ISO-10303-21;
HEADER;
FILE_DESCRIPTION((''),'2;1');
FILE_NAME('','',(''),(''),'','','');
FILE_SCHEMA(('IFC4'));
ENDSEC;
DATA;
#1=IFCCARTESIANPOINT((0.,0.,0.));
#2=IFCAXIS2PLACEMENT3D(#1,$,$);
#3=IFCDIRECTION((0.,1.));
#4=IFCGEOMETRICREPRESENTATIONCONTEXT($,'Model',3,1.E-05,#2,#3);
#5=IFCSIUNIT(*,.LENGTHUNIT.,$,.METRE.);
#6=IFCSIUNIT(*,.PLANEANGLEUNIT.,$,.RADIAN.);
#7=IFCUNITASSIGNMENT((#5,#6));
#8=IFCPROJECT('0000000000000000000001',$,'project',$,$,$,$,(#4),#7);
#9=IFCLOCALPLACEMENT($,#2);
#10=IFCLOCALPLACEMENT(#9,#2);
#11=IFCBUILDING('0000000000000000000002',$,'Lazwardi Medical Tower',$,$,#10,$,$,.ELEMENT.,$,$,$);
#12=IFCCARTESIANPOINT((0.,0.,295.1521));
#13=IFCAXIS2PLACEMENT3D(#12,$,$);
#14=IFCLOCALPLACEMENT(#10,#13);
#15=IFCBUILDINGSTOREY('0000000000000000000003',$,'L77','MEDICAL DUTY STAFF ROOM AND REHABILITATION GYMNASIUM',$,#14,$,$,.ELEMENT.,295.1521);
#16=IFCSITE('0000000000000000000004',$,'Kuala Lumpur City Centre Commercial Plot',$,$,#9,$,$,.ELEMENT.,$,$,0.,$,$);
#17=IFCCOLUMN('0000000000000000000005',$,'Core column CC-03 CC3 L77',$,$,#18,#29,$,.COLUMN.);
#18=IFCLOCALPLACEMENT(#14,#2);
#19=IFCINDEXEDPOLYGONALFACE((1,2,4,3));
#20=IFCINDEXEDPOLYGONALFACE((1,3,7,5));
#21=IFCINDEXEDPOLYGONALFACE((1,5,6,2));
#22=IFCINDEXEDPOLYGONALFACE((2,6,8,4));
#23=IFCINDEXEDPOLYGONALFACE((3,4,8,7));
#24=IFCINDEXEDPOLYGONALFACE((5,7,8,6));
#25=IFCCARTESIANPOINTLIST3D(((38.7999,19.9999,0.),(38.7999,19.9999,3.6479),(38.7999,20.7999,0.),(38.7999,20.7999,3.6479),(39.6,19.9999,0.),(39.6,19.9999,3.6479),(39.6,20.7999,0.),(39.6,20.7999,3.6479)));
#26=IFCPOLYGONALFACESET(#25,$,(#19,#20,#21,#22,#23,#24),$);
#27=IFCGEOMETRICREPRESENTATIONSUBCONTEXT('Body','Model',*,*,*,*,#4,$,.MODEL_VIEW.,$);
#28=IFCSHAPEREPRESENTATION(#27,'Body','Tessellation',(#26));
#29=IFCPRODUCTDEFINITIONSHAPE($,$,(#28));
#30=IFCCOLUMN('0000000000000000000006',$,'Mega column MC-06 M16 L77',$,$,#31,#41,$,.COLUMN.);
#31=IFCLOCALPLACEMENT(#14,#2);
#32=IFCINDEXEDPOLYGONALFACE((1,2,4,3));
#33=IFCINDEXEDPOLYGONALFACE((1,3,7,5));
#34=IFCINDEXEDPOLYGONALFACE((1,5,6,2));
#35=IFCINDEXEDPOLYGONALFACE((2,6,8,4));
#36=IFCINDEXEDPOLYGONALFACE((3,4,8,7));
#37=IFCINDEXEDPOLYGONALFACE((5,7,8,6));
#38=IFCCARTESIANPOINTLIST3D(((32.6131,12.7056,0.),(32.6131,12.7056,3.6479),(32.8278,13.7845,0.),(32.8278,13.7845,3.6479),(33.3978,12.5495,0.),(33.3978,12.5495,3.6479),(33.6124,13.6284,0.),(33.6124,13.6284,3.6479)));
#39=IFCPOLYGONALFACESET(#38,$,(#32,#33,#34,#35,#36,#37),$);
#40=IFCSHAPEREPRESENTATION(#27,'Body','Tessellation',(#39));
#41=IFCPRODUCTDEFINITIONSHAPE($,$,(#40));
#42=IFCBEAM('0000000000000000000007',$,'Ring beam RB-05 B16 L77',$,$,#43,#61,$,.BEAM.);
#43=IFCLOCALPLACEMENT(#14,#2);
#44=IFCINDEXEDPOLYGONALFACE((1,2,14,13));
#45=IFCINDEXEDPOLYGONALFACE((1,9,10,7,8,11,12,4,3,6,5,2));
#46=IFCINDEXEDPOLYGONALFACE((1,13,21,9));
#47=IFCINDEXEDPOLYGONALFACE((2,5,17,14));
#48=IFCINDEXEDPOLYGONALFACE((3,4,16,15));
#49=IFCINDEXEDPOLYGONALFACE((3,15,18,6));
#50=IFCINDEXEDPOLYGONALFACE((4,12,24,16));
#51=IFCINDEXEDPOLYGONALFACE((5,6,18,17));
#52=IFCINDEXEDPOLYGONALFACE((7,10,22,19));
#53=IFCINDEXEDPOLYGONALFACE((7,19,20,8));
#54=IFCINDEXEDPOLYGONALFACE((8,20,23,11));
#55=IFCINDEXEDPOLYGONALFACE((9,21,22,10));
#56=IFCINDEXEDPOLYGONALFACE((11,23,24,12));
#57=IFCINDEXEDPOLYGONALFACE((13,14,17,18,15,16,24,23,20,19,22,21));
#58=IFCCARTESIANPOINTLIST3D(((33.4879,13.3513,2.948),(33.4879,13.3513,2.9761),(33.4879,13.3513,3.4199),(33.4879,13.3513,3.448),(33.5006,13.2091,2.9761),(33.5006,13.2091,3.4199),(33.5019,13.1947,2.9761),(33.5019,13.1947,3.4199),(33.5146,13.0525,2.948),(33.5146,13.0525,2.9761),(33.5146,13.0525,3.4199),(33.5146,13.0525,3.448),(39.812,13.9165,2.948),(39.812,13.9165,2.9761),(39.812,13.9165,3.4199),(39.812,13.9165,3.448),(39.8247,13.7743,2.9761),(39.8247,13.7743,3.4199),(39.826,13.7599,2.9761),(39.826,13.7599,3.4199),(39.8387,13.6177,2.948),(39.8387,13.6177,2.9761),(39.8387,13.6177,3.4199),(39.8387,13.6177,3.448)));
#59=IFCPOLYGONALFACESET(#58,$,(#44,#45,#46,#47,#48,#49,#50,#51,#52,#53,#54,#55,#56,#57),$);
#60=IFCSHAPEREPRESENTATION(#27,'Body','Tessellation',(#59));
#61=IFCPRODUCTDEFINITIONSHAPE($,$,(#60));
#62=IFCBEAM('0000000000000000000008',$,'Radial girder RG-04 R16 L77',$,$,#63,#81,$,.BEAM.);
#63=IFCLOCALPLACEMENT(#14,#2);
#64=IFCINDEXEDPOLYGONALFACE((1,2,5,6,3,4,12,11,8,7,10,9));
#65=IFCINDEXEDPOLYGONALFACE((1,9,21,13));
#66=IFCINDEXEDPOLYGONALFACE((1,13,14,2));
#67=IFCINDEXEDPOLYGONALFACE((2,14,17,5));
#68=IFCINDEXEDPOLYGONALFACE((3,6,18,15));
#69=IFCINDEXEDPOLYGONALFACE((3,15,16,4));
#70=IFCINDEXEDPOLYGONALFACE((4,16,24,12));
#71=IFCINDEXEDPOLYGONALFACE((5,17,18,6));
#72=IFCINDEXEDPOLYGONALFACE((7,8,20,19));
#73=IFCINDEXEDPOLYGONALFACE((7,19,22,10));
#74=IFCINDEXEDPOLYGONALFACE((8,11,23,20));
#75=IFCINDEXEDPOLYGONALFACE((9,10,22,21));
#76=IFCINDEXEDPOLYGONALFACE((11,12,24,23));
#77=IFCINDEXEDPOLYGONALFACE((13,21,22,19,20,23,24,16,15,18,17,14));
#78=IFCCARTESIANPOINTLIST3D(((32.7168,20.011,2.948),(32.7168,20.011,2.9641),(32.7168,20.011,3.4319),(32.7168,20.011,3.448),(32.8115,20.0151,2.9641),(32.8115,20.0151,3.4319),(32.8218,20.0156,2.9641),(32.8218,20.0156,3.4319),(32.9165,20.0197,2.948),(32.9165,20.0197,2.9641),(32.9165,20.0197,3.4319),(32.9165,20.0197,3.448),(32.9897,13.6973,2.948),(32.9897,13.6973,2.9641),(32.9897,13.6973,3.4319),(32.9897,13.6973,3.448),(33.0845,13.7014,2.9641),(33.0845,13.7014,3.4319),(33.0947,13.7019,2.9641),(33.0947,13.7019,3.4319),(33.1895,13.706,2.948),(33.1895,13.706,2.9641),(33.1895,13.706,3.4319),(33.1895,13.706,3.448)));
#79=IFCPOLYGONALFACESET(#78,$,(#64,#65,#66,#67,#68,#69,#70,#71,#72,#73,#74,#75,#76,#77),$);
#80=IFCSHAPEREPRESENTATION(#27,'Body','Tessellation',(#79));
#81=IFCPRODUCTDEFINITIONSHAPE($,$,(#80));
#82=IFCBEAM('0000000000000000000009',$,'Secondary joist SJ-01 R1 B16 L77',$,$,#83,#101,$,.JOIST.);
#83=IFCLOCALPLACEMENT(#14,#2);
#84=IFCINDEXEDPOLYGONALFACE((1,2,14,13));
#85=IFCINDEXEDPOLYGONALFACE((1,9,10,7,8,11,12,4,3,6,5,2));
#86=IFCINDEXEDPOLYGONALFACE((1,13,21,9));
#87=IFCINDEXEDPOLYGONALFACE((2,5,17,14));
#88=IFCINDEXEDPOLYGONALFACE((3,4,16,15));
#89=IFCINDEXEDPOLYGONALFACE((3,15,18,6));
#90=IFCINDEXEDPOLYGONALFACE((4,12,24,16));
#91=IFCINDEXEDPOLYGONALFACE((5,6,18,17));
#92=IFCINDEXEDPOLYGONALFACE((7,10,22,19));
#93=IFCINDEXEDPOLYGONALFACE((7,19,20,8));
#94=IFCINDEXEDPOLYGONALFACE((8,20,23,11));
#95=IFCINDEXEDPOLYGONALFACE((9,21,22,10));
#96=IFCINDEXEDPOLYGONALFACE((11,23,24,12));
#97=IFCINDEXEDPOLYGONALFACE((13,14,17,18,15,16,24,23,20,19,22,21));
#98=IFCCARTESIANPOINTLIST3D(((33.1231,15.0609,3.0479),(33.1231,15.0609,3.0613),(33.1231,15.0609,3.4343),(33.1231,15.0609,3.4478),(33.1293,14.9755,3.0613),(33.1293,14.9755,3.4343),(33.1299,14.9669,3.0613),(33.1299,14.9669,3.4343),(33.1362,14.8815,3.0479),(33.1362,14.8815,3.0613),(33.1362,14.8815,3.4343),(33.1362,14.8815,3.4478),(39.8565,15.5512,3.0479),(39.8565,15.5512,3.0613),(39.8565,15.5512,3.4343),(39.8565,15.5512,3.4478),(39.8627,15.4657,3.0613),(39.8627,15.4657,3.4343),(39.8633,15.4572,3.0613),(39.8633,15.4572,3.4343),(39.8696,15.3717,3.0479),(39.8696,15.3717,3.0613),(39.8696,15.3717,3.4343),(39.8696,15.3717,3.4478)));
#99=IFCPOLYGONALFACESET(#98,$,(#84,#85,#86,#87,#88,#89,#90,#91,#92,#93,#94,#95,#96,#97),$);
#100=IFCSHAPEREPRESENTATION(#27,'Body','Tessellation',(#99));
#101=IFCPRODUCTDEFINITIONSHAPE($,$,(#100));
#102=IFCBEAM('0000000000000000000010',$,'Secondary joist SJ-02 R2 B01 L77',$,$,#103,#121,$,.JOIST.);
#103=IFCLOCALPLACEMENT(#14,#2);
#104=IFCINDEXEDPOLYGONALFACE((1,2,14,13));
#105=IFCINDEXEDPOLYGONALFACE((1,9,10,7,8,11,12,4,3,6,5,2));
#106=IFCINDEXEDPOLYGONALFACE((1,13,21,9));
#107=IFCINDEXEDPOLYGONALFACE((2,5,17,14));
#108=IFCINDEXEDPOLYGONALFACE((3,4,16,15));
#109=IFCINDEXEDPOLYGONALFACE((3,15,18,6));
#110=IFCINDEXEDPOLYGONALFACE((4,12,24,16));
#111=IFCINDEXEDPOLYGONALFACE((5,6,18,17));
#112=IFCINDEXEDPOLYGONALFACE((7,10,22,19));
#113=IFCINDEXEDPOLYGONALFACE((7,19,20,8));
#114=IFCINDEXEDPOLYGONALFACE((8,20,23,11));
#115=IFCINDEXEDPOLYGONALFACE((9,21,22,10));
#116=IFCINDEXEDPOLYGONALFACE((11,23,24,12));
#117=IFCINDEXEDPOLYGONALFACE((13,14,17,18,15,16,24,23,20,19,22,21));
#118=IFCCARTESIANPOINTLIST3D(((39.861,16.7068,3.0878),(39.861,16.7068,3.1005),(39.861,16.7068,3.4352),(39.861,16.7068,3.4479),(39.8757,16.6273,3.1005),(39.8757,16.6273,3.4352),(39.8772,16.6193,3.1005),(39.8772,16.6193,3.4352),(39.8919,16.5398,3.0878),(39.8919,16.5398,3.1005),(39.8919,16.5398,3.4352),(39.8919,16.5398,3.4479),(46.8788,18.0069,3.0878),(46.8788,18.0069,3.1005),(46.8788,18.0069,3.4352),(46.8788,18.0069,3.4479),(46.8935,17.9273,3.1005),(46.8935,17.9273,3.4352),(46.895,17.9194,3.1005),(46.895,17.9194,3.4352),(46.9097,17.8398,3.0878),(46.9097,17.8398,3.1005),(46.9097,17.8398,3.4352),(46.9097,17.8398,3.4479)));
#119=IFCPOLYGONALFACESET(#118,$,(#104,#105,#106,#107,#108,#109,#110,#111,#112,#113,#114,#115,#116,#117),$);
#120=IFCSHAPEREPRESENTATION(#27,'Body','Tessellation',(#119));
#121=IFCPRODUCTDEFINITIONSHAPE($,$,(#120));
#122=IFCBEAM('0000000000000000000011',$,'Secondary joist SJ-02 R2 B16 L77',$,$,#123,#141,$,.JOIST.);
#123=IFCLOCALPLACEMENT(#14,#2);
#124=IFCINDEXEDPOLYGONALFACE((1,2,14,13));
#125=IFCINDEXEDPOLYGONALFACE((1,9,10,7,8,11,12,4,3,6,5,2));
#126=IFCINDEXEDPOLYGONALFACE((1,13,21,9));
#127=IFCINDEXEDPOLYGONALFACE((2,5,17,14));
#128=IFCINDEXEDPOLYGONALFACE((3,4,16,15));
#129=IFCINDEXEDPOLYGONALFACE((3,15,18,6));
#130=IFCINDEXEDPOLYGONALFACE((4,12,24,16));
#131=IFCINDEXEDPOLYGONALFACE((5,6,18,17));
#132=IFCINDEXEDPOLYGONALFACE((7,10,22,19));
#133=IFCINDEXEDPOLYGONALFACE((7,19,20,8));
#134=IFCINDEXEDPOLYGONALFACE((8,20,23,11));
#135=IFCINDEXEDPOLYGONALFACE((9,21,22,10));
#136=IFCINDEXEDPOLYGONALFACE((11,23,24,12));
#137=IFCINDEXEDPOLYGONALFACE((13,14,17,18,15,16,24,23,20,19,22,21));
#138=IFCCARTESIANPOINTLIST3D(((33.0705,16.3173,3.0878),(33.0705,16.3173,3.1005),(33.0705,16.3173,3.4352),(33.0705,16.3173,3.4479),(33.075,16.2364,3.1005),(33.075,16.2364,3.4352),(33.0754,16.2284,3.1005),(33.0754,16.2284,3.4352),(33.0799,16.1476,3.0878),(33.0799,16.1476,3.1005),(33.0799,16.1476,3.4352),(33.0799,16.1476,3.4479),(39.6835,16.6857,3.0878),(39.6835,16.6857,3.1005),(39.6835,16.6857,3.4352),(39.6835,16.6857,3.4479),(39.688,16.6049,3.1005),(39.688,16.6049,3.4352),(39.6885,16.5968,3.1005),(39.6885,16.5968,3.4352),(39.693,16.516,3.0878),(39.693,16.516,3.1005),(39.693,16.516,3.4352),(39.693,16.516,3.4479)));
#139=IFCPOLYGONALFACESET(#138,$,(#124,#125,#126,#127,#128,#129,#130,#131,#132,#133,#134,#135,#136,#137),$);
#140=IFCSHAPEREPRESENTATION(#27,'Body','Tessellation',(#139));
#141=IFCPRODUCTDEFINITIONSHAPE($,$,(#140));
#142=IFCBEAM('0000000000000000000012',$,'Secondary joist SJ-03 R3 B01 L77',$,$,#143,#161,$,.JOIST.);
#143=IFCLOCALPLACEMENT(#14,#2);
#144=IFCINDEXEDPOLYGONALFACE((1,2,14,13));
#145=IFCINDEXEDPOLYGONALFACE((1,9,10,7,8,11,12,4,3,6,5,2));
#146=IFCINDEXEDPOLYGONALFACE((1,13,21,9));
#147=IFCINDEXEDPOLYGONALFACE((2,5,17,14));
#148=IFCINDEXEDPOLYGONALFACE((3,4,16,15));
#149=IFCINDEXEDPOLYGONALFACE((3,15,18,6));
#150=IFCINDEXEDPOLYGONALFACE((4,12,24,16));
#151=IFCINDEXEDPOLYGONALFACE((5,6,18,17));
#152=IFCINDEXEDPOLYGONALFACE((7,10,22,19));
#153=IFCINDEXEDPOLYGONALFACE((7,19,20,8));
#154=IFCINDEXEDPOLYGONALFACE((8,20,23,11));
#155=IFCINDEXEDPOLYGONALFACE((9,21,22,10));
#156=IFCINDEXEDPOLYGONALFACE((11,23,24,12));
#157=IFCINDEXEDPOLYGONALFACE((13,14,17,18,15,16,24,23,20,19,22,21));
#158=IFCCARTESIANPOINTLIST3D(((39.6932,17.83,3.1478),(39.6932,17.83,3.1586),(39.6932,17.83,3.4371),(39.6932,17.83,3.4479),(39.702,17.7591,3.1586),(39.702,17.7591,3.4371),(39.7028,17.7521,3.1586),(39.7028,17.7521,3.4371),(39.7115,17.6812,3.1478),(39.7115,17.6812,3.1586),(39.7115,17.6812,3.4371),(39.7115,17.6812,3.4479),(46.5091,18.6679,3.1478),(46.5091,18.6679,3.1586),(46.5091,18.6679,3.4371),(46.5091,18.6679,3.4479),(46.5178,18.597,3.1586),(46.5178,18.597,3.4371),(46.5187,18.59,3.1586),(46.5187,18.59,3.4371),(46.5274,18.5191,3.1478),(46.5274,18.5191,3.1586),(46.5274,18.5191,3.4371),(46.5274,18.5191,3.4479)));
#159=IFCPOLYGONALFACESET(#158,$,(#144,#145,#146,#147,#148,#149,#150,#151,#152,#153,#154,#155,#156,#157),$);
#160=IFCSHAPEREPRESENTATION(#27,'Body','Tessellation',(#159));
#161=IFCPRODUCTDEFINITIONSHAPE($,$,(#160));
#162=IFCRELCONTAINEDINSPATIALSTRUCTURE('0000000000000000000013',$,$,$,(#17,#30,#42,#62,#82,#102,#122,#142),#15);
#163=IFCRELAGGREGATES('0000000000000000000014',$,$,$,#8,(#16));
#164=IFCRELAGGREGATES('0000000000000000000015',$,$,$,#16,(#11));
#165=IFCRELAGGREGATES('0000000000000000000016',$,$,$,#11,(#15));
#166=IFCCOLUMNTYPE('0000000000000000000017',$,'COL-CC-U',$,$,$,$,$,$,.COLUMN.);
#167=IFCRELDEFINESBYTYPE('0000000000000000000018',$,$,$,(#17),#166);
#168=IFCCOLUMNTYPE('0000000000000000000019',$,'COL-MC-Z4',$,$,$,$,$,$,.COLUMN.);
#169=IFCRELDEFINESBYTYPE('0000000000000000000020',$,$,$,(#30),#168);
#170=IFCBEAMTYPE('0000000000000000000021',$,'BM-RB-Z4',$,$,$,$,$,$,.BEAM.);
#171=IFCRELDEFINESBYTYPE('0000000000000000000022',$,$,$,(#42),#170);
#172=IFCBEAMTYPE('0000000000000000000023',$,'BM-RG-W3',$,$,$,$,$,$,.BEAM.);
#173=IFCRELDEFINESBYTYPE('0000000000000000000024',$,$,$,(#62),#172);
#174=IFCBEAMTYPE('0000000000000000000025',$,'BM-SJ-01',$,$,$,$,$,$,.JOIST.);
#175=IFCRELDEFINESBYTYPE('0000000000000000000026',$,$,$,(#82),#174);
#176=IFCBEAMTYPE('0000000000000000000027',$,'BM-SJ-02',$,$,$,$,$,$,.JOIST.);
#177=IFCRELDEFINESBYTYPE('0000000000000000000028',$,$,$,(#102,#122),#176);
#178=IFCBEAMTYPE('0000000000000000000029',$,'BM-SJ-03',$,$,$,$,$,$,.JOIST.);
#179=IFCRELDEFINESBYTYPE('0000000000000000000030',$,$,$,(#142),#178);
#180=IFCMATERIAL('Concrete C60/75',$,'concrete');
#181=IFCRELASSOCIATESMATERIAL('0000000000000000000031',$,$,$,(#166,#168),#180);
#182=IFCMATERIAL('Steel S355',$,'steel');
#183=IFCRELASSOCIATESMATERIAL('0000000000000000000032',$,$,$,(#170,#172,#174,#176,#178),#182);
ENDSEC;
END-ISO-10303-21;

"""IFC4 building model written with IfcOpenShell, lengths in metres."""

from ifc_helpers import new_model, si_unit, direction, frame, origin, origin_2d, place, context, subcontext, project, spatial, rectangle, i_section, extrude, material, material_profile, profile_set, type_object, element, save


model = new_model("IFC4")

# Units and contexts
model_context = context("Model", 3, precision=1e-05, world=origin(), true_north=direction((0.0, 1.0)))
body_context = subcontext(model_context, "Body", "Model", "MODEL_VIEW")
ifc_project = project(units=[si_unit("LENGTHUNIT", "METRE"), si_unit("PLANEANGLEUNIT", "RADIAN")], contexts=[model_context])

# Site, building, storey
site_placement = place(None, origin())
site = spatial("IfcSite", under=ifc_project, at=site_placement, Name="Kuala Lumpur City Centre Commercial Plot", CompositionType="ELEMENT", RefElevation=0.0)
building_placement = place(site_placement, origin())
building = spatial("IfcBuilding", under=site, at=building_placement, Name="Lazwardi Medical Tower", CompositionType="ELEMENT")
storey_placement = place(building_placement, frame((0.0, 0.0, 295.1521)))
storey = spatial("IfcBuildingStorey", under=building, at=storey_placement, Name="L77", Description="MEDICAL DUTY STAFF ROOM AND REHABILITATION GYMNASIUM", CompositionType="ELEMENT", Elevation=295.1521)

# Columns
ifc_material_1 = material(Name="Concrete C60/75", Category="concrete")
ifc_material_profile_1 = material_profile(ifc_material_1, rectangle(XDim=0.8, YDim=0.8, at=origin_2d()), Name="RC 800x800")
ifc_profile_set_1 = profile_set([ifc_material_profile_1], Name="Concrete C60/75")
column_type_1 = type_object("IfcColumnType", Name="COL-CC-U", PredefinedType="COLUMN", material=ifc_profile_set_1)
column_1_placement = place(storey_placement, frame((39.2, 20.3999, 0.0), z_axis=(0.0, 0.0, 1.0), x_axis=(1.0, 0.0, 0.0)))
element("IfcColumn", 1, at=column_1_placement, inside=storey, type_object=column_type_1, Name="Core column CC-03 CC3 L77", PredefinedType="COLUMN", context=body_context, shape_type="SweptSolid", body=[
    extrude(rectangle(XDim=0.8, YDim=0.8, at=origin_2d()), origin(), (0.0, 0.0, 1.0), 3.6479),
])
ifc_material_profile_2 = material_profile(ifc_material_1, rectangle(XDim=1.1001, YDim=0.8, at=origin_2d()), Name="CFT-RECT 1100x800")
ifc_profile_set_2 = profile_set([ifc_material_profile_2], Name="Concrete C60/75")
column_type_2 = type_object("IfcColumnType", Name="COL-MC-Z4", PredefinedType="COLUMN", material=ifc_profile_set_2)
column_2_placement = place(storey_placement, frame((33.1128, 13.167, 0.0), z_axis=(0.0, 0.0, 1.0), x_axis=(-0.19509, -0.980785, 0.0)))
element("IfcColumn", 2, at=column_2_placement, inside=storey, type_object=column_type_2, Name="Mega column MC-06 M16 L77", PredefinedType="COLUMN", context=body_context, shape_type="SweptSolid", body=[
    extrude(rectangle(XDim=1.1001, YDim=0.8, at=origin_2d()), origin(), (0.0, 0.0, 1.0), 3.6479),
])

# Beams
ifc_material_2 = material(Name="Steel S355", Category="steel")
ifc_material_profile_3 = material_profile(ifc_material_2, i_section(OverallWidth=0.3, OverallDepth=0.5, WebThickness=0.0144, FlangeThickness=0.0281, at=origin_2d()), Name="HEB 500")
ifc_profile_set_3 = profile_set([ifc_material_profile_3], Name="Steel S355")
beam_type_1 = type_object("IfcBeamType", Name="BM-RB-Z4", PredefinedType="BEAM", material=ifc_profile_set_3)
beam_1_placement = place(storey_placement, frame((33.5012, 13.2019, 3.198), z_axis=(0.99603, 0.089014, 0.0), x_axis=(-0.089014, 0.99603, 0.0)))
element("IfcBeam", 3, at=beam_1_placement, inside=storey, type_object=beam_type_1, Name="Ring beam RB-05 B16 L77", PredefinedType="BEAM", context=body_context, shape_type="SweptSolid", body=[
    extrude(i_section(OverallWidth=0.3, OverallDepth=0.5, WebThickness=0.0144, FlangeThickness=0.0281, at=origin_2d()), origin(), (0.0, 0.0, 1.0), 6.3494),
])
ifc_material_profile_4 = material_profile(ifc_material_2, i_section(OverallWidth=0.2, OverallDepth=0.5, WebThickness=0.0103, FlangeThickness=0.0161, at=origin_2d()), Name="IPE 500")
ifc_profile_set_4 = profile_set([ifc_material_profile_4], Name="Steel S355")
beam_type_2 = type_object("IfcBeamType", Name="BM-RG-W3", PredefinedType="BEAM", material=ifc_profile_set_4)
beam_2_placement = place(storey_placement, frame((33.0896, 13.7017, 3.198), z_axis=(-0.043191, 0.999067, 0.0), x_axis=(-0.999067, -0.043191, 0.0)))
element("IfcBeam", 4, at=beam_2_placement, inside=storey, type_object=beam_type_2, Name="Radial girder RG-04 R16 L77", PredefinedType="BEAM", context=body_context, shape_type="SweptSolid", body=[
    extrude(i_section(OverallWidth=0.2, OverallDepth=0.5, WebThickness=0.0103, FlangeThickness=0.0161, at=origin_2d()), origin(), (0.0, 0.0, 1.0), 6.3196),
])
ifc_material_profile_5 = material_profile(ifc_material_2, i_section(OverallWidth=0.1799, OverallDepth=0.3999, WebThickness=0.0085, FlangeThickness=0.0134, at=origin_2d()), Name="IPE 400")
ifc_profile_set_5 = profile_set([ifc_material_profile_5], Name="Steel S355")
beam_type_3 = type_object("IfcBeamType", Name="BM-SJ-01", PredefinedType="JOIST", material=ifc_profile_set_5)
beam_3_placement = place(storey_placement, frame((33.1296, 14.9712, 3.2478), z_axis=(0.99736, 0.072614, 0.0), x_axis=(-0.072614, 0.99736, 0.0)))
element("IfcBeam", 5, at=beam_3_placement, inside=storey, type_object=beam_type_3, Name="Secondary joist SJ-01 R1 B16 L77", PredefinedType="JOIST", context=body_context, shape_type="SweptSolid", body=[
    extrude(i_section(OverallWidth=0.1799, OverallDepth=0.3999, WebThickness=0.0085, FlangeThickness=0.0134, at=origin_2d()), origin(), (0.0, 0.0, 1.0), 6.7512),
])
ifc_material_profile_6 = material_profile(ifc_material_2, i_section(OverallWidth=0.1699, OverallDepth=0.3601, WebThickness=0.0081, FlangeThickness=0.0127, at=origin_2d()), Name="IPE 360")
ifc_profile_set_6 = profile_set([ifc_material_profile_6], Name="Steel S355")
beam_type_4 = type_object("IfcBeamType", Name="BM-SJ-02", PredefinedType="JOIST", material=ifc_profile_set_6)
beam_4_placement = place(storey_placement, frame((39.8765, 16.6233, 3.2678), z_axis=(0.983271, 0.182151, 0.0), x_axis=(-0.182151, 0.983271, 0.0)))
element("IfcBeam", 6, at=beam_4_placement, inside=storey, type_object=beam_type_4, Name="Secondary joist SJ-02 R2 B01 L77", PredefinedType="JOIST", context=body_context, shape_type="SweptSolid", body=[
    extrude(i_section(OverallWidth=0.1699, OverallDepth=0.3601, WebThickness=0.0081, FlangeThickness=0.0127, at=origin_2d()), origin(), (0.0, 0.0, 1.0), 7.1372),
])
beam_5_placement = place(storey_placement, frame((33.0752, 16.2324, 3.2678), z_axis=(0.998452, 0.055623, 0.0), x_axis=(-0.055623, 0.998452, 0.0)))
element("IfcBeam", 7, at=beam_5_placement, inside=storey, type_object=beam_type_4, Name="Secondary joist SJ-02 R2 B16 L77", PredefinedType="JOIST", context=body_context, shape_type="SweptSolid", body=[
    extrude(i_section(OverallWidth=0.1699, OverallDepth=0.3601, WebThickness=0.0081, FlangeThickness=0.0127, at=origin_2d()), origin(), (0.0, 0.0, 1.0), 6.6233),
])
ifc_material_profile_7 = material_profile(ifc_material_2, i_section(OverallWidth=0.1499, OverallDepth=0.3, WebThickness=0.0071, FlangeThickness=0.0107, at=origin_2d()), Name="IPE 300")
ifc_profile_set_7 = profile_set([ifc_material_profile_7], Name="Steel S355")
beam_type_5 = type_object("IfcBeamType", Name="BM-SJ-03", PredefinedType="JOIST", material=ifc_profile_set_7)
beam_6_placement = place(storey_placement, frame((39.7024, 17.7556, 3.2979), z_axis=(0.992529, 0.122013, 0.0), x_axis=(-0.122013, 0.992529, 0.0)))
element("IfcBeam", 8, at=beam_6_placement, inside=storey, type_object=beam_type_5, Name="Secondary joist SJ-03 R3 B01 L77", PredefinedType="JOIST", context=body_context, shape_type="SweptSolid", body=[
    extrude(i_section(OverallWidth=0.1499, OverallDepth=0.3, WebThickness=0.0071, FlangeThickness=0.0107, at=origin_2d()), origin(), (0.0, 0.0, 1.0), 6.8672),
])

save(model, "model.ifc")
